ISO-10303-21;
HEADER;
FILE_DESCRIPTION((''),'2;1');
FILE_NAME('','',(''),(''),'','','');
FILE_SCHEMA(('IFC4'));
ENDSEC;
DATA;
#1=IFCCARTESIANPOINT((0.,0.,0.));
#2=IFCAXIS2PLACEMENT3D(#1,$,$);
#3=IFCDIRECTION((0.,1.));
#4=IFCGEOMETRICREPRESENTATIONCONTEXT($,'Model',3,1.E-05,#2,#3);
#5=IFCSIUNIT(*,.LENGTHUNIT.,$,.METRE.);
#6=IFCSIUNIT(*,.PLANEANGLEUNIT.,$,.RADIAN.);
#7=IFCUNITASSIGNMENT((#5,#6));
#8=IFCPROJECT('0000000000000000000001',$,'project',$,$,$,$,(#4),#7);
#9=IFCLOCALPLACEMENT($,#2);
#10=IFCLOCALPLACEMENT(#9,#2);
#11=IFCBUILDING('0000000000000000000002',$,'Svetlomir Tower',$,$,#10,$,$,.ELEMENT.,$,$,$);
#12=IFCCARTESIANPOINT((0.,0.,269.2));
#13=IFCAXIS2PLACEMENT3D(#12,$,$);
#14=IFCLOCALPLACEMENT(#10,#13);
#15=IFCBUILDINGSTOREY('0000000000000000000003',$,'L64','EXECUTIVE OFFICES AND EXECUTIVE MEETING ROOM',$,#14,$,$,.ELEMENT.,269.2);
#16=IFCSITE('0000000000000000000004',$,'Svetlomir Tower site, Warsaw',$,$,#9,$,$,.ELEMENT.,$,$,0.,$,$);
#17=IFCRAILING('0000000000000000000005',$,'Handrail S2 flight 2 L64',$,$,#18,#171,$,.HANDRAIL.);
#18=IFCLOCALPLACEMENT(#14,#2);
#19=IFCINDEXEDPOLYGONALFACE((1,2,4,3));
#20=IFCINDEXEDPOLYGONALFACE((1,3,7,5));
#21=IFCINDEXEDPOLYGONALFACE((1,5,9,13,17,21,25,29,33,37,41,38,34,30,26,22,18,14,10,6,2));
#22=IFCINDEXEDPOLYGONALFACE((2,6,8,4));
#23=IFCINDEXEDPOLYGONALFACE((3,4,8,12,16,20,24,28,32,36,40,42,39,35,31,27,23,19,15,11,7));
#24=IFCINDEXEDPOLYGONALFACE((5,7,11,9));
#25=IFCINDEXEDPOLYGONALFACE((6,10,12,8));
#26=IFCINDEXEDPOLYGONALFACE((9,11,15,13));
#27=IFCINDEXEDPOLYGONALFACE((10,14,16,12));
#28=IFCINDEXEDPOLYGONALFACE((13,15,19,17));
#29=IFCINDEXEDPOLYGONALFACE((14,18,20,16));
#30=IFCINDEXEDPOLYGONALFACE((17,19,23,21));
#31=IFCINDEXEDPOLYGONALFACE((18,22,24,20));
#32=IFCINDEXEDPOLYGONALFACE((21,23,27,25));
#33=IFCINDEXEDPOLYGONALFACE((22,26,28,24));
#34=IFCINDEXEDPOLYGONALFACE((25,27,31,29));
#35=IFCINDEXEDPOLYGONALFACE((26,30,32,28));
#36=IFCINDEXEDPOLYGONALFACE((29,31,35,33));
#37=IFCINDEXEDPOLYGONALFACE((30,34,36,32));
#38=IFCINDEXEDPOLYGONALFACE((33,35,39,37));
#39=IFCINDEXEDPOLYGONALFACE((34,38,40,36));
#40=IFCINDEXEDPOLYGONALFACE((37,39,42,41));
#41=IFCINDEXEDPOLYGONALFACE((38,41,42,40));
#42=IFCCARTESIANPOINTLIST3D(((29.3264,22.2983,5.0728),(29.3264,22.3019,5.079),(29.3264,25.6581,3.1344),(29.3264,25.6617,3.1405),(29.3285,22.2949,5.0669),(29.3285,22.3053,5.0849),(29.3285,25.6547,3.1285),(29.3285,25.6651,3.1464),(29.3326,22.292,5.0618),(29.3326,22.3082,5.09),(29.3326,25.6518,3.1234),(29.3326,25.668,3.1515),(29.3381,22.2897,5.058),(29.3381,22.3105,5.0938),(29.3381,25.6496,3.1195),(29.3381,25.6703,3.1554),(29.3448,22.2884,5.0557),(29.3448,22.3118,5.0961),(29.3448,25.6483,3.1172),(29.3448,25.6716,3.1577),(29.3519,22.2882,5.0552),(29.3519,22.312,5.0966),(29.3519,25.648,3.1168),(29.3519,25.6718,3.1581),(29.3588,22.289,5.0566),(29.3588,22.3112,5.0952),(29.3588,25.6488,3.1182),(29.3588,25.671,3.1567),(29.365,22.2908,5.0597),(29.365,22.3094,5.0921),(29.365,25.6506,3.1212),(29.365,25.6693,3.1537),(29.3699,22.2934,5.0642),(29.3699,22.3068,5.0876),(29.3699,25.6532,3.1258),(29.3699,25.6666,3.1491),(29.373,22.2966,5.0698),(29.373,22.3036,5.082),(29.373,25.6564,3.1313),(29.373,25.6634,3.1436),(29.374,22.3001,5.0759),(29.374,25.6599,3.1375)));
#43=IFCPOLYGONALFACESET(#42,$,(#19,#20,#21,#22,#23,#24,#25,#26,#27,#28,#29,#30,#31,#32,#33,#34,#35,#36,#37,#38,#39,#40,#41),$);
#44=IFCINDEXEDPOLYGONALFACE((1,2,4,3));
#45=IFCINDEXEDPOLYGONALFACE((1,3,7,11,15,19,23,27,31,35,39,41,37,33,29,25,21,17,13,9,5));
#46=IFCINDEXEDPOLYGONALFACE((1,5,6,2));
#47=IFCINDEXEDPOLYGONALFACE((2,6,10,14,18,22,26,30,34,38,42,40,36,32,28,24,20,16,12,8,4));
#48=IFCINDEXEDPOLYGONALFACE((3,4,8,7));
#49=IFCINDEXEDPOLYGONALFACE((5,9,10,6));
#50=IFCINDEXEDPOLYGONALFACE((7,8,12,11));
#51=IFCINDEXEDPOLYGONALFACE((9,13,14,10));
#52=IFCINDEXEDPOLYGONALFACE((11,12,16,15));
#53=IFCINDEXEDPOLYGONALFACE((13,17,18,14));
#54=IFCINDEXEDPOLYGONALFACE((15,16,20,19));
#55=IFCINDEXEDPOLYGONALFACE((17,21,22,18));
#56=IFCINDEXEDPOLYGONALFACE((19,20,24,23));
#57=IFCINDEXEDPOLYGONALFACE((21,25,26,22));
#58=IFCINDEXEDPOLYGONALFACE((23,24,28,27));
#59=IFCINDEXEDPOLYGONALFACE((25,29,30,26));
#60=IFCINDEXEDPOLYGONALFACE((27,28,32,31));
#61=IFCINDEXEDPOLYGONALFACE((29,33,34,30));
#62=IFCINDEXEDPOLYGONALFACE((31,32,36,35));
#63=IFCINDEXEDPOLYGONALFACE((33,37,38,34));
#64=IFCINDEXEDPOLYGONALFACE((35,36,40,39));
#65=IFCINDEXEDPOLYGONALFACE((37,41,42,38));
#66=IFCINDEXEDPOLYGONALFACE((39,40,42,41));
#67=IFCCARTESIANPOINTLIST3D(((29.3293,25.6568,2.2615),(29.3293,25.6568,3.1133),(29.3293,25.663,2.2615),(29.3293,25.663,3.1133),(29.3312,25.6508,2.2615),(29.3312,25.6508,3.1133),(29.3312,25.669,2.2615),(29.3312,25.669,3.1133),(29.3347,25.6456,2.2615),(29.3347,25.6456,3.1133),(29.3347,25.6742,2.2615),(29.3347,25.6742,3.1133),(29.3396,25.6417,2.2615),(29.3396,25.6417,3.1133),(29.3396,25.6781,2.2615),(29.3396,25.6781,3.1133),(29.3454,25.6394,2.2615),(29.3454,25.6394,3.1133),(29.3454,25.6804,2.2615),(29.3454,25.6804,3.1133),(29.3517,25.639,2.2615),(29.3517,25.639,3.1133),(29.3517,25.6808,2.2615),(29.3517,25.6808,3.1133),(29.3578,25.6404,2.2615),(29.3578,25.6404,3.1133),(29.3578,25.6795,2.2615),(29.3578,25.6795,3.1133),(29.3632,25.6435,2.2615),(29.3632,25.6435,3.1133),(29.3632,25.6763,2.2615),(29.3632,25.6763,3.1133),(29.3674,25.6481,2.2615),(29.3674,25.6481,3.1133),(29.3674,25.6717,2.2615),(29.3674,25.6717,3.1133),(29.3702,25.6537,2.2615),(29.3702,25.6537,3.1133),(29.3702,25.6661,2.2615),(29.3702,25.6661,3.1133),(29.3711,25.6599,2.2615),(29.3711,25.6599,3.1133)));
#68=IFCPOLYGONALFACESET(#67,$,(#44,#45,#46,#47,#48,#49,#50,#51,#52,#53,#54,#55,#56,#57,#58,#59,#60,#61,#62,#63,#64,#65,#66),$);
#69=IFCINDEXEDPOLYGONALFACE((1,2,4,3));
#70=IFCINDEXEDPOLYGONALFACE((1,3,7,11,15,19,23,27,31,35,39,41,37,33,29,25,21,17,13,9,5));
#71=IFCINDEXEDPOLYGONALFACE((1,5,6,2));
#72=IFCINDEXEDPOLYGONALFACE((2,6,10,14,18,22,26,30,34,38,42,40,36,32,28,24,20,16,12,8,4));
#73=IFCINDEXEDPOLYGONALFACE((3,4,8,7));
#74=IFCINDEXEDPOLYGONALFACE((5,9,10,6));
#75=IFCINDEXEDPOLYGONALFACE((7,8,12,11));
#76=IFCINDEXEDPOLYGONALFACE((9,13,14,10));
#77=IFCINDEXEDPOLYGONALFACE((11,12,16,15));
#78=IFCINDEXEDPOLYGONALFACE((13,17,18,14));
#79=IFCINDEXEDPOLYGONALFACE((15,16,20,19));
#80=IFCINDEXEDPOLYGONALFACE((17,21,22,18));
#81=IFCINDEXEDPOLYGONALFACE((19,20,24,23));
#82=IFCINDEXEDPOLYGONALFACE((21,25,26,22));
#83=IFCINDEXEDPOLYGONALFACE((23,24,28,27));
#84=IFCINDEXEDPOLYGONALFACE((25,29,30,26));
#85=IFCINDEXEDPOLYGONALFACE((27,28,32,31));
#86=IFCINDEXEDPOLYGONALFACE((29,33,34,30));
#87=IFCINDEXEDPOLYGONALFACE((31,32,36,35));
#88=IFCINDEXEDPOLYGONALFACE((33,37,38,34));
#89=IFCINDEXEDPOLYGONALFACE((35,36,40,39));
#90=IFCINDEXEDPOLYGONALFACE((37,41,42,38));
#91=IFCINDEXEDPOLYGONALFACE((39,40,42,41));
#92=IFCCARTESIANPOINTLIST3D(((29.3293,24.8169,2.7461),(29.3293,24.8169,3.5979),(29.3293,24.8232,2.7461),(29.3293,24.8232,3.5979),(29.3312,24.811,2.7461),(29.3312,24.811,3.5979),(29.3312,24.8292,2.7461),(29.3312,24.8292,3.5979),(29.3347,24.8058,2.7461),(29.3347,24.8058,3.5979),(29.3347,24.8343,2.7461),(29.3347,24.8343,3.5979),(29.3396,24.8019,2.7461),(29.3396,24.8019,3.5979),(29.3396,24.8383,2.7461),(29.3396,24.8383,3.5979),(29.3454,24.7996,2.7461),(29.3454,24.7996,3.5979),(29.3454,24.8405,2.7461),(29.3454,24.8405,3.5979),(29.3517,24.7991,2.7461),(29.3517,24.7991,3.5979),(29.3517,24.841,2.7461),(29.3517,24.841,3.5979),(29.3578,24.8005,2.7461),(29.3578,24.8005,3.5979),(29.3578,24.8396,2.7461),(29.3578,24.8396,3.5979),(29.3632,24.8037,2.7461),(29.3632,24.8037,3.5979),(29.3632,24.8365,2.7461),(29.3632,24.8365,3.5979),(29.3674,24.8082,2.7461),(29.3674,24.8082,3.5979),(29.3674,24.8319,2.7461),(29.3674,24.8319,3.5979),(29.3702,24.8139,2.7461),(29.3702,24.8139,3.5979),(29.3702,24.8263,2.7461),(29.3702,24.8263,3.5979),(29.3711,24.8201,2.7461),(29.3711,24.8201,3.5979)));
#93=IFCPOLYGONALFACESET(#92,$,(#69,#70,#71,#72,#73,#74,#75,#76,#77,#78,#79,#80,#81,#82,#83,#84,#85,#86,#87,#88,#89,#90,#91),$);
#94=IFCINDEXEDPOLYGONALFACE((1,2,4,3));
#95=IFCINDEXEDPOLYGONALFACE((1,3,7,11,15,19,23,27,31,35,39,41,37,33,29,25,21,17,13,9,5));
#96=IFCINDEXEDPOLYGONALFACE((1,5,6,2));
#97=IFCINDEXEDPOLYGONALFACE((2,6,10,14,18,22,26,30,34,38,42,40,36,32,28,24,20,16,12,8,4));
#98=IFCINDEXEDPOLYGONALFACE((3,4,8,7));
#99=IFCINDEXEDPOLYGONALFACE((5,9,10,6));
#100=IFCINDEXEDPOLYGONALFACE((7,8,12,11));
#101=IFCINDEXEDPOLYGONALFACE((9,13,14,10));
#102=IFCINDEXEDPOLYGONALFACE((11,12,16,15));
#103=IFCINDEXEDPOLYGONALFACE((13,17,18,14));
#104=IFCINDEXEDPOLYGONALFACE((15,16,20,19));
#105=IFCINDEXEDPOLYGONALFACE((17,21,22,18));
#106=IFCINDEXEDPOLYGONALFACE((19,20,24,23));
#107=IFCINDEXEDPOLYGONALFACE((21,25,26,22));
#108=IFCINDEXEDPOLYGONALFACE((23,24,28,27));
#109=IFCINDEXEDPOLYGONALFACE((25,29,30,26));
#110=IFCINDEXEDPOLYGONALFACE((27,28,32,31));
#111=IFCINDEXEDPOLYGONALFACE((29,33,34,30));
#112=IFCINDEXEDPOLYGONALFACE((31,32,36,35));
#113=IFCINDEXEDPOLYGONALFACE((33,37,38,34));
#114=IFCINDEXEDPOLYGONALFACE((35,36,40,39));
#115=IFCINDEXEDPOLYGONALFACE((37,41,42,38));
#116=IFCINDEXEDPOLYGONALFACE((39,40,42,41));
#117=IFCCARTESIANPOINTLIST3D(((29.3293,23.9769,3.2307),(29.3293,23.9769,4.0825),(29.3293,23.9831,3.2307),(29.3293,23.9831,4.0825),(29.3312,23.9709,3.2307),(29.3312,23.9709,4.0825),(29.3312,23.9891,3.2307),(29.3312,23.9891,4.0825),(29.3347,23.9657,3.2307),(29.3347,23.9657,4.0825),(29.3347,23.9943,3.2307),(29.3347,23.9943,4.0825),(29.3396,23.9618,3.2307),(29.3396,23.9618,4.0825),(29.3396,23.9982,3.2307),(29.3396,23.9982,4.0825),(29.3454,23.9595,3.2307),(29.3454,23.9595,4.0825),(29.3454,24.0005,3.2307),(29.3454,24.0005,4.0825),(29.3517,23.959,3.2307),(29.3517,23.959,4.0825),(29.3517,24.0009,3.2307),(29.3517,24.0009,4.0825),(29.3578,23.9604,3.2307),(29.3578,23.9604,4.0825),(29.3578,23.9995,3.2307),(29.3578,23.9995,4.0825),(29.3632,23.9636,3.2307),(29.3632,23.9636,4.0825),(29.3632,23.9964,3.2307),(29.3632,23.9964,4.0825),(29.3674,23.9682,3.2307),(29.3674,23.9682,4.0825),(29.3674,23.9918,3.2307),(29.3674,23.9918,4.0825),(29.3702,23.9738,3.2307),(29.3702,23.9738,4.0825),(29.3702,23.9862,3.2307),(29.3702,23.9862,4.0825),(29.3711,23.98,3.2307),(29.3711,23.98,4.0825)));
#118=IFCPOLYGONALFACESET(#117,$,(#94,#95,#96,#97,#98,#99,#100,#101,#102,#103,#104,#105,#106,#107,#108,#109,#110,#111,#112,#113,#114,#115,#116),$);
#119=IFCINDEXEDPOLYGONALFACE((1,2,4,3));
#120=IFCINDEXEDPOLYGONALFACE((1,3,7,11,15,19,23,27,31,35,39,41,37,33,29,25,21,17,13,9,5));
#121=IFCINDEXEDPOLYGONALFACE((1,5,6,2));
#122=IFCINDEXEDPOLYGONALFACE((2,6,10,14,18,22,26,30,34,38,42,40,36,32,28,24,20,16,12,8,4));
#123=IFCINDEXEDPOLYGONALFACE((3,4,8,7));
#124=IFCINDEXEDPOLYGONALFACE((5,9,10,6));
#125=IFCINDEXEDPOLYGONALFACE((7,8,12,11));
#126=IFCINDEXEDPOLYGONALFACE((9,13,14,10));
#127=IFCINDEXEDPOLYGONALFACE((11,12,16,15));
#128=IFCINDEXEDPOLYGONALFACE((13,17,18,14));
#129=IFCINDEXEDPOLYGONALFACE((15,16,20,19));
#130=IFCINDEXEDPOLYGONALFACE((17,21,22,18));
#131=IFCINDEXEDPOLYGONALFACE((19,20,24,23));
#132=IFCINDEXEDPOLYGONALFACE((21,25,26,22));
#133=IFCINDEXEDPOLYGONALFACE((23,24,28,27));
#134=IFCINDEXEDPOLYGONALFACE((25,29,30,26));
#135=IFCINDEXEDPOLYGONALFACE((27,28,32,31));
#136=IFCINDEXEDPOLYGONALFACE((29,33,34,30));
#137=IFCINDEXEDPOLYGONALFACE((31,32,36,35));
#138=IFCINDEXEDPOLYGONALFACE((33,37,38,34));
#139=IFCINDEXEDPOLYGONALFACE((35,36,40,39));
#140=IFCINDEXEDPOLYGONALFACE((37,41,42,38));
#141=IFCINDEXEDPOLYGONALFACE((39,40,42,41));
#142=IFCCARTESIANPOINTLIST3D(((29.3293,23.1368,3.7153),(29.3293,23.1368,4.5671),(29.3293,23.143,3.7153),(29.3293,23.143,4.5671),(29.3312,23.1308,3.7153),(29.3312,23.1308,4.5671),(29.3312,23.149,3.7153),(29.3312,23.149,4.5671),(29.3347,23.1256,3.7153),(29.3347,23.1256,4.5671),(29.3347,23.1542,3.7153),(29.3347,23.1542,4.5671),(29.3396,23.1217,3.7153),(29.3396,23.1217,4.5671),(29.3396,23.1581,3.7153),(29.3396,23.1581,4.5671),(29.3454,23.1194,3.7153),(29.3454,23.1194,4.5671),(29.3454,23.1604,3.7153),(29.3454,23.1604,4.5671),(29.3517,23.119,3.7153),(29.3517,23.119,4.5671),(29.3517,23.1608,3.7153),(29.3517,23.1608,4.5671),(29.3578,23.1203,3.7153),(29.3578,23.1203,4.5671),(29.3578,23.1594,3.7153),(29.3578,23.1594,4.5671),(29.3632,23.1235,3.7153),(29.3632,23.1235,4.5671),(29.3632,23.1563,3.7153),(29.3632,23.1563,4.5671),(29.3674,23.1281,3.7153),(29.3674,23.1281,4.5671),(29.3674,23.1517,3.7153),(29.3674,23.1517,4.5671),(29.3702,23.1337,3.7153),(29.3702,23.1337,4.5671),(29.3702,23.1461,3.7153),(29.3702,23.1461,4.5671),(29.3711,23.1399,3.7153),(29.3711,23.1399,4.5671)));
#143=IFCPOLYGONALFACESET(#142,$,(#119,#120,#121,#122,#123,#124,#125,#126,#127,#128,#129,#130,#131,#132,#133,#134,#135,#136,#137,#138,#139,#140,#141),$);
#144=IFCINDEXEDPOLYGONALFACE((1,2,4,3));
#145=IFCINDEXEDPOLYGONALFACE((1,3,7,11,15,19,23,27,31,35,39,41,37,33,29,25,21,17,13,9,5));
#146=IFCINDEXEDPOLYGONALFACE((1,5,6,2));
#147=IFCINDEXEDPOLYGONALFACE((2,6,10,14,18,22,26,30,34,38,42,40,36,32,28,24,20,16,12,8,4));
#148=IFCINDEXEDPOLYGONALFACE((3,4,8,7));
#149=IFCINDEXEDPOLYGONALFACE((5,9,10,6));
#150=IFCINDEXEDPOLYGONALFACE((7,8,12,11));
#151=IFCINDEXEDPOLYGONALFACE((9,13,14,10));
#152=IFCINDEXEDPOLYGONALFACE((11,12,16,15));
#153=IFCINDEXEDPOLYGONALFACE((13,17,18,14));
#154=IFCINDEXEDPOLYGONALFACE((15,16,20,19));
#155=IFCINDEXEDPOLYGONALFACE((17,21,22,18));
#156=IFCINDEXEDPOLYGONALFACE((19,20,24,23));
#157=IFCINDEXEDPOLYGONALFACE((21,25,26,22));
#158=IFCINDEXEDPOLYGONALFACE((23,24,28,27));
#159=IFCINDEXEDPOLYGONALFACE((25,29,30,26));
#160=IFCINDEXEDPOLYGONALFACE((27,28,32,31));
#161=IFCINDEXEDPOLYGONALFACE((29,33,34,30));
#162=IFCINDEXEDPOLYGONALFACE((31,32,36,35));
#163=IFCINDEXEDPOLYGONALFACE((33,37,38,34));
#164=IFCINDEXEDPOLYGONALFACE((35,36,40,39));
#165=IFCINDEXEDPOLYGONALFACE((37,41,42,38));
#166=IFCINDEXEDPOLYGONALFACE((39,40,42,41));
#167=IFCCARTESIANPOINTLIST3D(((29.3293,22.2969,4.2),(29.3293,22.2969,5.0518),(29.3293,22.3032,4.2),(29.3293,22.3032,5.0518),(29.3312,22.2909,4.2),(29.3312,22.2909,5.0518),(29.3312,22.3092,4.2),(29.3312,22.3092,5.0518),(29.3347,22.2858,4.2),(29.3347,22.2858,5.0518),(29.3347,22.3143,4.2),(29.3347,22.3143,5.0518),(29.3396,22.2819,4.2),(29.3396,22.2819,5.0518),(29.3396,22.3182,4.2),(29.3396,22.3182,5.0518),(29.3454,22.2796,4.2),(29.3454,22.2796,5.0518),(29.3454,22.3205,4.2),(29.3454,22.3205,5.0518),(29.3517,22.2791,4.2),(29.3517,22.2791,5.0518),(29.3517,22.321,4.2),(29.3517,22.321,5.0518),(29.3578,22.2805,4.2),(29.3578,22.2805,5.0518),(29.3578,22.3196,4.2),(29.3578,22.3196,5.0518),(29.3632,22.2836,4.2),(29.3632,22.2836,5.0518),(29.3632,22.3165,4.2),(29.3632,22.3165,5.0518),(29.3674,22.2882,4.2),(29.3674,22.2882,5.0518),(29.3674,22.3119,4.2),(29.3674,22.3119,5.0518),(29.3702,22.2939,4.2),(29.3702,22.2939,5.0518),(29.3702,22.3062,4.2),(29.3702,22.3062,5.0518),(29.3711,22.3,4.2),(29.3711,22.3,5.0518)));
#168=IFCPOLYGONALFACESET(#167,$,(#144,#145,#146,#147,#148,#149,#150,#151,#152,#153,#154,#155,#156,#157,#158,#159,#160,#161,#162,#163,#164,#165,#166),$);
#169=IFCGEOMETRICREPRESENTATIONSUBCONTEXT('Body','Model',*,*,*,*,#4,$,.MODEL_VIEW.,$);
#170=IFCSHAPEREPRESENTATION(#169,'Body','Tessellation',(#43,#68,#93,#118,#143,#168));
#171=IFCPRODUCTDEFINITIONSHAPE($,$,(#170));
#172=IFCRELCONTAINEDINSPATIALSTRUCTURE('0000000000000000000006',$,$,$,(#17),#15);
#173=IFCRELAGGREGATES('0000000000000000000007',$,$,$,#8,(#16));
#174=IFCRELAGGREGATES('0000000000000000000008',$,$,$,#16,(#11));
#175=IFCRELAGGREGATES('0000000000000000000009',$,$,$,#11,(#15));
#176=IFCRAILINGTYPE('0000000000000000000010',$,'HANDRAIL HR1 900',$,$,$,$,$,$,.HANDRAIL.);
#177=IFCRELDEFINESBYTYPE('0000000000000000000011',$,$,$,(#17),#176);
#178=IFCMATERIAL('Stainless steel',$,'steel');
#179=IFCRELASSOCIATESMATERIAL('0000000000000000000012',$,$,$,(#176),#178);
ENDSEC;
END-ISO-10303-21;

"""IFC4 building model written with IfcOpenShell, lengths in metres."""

from ifc_helpers import new_model, si_unit, direction, frame, origin, origin_2d, place, context, subcontext, project, spatial, circle, extrude, material, type_object, element, save


model = new_model("IFC4")

# Units and contexts
model_context = context("Model", 3, precision=1e-05, world=origin(), true_north=direction((0.0, 1.0)))
body_context = subcontext(model_context, "Body", "Model", "MODEL_VIEW")
ifc_project = project(units=[si_unit("LENGTHUNIT", "METRE"), si_unit("PLANEANGLEUNIT", "RADIAN")], contexts=[model_context])

# Site, building, storey
site_placement = place(None, origin())
site = spatial("IfcSite", under=ifc_project, at=site_placement, Name="Svetlomir Tower site, Warsaw", CompositionType="ELEMENT", RefElevation=0.0)
building_placement = place(site_placement, origin())
building = spatial("IfcBuilding", under=site, at=building_placement, Name="Svetlomir Tower", CompositionType="ELEMENT")
storey_placement = place(building_placement, frame((0.0, 0.0, 269.2)))
storey = spatial("IfcBuildingStorey", under=building, at=storey_placement, Name="L64", Description="EXECUTIVE OFFICES AND EXECUTIVE MEETING ROOM", CompositionType="ELEMENT", Elevation=269.2)

# Railing
ifc_material_1 = material(Name="Stainless steel", Category="steel")
railing_type = type_object("IfcRailingType", Name="HANDRAIL HR1 900", PredefinedType="HANDRAIL", material=ifc_material_1)
railing_1_placement = place(storey_placement, frame((29.3501, 25.6599, 2.2615)))
element("IfcRailing", 1, at=railing_1_placement, inside=storey, type_object=railing_type, Name="Handrail S2 flight 2 L64", PredefinedType="HANDRAIL", context=body_context, shape_type="SweptSolid", body=[
    extrude(circle(Radius=0.0239, at=origin_2d()), frame((0.0, 0.0, 0.876), z_axis=(0.0, -0.866175, 0.499741), x_axis=(1.0, 0.0, 0.0)), (0.0, 0.0, 1.0), 3.8789),
    extrude(circle(Radius=0.021, at=origin_2d()), origin(), (0.0, 0.0, 1.0), 0.8518),
    extrude(circle(Radius=0.021, at=origin_2d()), frame((0.0, -0.8398, 0.4846)), (0.0, 0.0, 1.0), 0.8518),
    extrude(circle(Radius=0.021, at=origin_2d()), frame((0.0, -1.6799, 0.9692)), (0.0, 0.0, 1.0), 0.8518),
    extrude(circle(Radius=0.021, at=origin_2d()), frame((0.0, -2.52, 1.4539)), (0.0, 0.0, 1.0), 0.8518),
    extrude(circle(Radius=0.021, at=origin_2d()), frame((0.0, -3.3599, 1.9385)), (0.0, 0.0, 1.0), 0.8518),
])

save(model, "model.ifc")
